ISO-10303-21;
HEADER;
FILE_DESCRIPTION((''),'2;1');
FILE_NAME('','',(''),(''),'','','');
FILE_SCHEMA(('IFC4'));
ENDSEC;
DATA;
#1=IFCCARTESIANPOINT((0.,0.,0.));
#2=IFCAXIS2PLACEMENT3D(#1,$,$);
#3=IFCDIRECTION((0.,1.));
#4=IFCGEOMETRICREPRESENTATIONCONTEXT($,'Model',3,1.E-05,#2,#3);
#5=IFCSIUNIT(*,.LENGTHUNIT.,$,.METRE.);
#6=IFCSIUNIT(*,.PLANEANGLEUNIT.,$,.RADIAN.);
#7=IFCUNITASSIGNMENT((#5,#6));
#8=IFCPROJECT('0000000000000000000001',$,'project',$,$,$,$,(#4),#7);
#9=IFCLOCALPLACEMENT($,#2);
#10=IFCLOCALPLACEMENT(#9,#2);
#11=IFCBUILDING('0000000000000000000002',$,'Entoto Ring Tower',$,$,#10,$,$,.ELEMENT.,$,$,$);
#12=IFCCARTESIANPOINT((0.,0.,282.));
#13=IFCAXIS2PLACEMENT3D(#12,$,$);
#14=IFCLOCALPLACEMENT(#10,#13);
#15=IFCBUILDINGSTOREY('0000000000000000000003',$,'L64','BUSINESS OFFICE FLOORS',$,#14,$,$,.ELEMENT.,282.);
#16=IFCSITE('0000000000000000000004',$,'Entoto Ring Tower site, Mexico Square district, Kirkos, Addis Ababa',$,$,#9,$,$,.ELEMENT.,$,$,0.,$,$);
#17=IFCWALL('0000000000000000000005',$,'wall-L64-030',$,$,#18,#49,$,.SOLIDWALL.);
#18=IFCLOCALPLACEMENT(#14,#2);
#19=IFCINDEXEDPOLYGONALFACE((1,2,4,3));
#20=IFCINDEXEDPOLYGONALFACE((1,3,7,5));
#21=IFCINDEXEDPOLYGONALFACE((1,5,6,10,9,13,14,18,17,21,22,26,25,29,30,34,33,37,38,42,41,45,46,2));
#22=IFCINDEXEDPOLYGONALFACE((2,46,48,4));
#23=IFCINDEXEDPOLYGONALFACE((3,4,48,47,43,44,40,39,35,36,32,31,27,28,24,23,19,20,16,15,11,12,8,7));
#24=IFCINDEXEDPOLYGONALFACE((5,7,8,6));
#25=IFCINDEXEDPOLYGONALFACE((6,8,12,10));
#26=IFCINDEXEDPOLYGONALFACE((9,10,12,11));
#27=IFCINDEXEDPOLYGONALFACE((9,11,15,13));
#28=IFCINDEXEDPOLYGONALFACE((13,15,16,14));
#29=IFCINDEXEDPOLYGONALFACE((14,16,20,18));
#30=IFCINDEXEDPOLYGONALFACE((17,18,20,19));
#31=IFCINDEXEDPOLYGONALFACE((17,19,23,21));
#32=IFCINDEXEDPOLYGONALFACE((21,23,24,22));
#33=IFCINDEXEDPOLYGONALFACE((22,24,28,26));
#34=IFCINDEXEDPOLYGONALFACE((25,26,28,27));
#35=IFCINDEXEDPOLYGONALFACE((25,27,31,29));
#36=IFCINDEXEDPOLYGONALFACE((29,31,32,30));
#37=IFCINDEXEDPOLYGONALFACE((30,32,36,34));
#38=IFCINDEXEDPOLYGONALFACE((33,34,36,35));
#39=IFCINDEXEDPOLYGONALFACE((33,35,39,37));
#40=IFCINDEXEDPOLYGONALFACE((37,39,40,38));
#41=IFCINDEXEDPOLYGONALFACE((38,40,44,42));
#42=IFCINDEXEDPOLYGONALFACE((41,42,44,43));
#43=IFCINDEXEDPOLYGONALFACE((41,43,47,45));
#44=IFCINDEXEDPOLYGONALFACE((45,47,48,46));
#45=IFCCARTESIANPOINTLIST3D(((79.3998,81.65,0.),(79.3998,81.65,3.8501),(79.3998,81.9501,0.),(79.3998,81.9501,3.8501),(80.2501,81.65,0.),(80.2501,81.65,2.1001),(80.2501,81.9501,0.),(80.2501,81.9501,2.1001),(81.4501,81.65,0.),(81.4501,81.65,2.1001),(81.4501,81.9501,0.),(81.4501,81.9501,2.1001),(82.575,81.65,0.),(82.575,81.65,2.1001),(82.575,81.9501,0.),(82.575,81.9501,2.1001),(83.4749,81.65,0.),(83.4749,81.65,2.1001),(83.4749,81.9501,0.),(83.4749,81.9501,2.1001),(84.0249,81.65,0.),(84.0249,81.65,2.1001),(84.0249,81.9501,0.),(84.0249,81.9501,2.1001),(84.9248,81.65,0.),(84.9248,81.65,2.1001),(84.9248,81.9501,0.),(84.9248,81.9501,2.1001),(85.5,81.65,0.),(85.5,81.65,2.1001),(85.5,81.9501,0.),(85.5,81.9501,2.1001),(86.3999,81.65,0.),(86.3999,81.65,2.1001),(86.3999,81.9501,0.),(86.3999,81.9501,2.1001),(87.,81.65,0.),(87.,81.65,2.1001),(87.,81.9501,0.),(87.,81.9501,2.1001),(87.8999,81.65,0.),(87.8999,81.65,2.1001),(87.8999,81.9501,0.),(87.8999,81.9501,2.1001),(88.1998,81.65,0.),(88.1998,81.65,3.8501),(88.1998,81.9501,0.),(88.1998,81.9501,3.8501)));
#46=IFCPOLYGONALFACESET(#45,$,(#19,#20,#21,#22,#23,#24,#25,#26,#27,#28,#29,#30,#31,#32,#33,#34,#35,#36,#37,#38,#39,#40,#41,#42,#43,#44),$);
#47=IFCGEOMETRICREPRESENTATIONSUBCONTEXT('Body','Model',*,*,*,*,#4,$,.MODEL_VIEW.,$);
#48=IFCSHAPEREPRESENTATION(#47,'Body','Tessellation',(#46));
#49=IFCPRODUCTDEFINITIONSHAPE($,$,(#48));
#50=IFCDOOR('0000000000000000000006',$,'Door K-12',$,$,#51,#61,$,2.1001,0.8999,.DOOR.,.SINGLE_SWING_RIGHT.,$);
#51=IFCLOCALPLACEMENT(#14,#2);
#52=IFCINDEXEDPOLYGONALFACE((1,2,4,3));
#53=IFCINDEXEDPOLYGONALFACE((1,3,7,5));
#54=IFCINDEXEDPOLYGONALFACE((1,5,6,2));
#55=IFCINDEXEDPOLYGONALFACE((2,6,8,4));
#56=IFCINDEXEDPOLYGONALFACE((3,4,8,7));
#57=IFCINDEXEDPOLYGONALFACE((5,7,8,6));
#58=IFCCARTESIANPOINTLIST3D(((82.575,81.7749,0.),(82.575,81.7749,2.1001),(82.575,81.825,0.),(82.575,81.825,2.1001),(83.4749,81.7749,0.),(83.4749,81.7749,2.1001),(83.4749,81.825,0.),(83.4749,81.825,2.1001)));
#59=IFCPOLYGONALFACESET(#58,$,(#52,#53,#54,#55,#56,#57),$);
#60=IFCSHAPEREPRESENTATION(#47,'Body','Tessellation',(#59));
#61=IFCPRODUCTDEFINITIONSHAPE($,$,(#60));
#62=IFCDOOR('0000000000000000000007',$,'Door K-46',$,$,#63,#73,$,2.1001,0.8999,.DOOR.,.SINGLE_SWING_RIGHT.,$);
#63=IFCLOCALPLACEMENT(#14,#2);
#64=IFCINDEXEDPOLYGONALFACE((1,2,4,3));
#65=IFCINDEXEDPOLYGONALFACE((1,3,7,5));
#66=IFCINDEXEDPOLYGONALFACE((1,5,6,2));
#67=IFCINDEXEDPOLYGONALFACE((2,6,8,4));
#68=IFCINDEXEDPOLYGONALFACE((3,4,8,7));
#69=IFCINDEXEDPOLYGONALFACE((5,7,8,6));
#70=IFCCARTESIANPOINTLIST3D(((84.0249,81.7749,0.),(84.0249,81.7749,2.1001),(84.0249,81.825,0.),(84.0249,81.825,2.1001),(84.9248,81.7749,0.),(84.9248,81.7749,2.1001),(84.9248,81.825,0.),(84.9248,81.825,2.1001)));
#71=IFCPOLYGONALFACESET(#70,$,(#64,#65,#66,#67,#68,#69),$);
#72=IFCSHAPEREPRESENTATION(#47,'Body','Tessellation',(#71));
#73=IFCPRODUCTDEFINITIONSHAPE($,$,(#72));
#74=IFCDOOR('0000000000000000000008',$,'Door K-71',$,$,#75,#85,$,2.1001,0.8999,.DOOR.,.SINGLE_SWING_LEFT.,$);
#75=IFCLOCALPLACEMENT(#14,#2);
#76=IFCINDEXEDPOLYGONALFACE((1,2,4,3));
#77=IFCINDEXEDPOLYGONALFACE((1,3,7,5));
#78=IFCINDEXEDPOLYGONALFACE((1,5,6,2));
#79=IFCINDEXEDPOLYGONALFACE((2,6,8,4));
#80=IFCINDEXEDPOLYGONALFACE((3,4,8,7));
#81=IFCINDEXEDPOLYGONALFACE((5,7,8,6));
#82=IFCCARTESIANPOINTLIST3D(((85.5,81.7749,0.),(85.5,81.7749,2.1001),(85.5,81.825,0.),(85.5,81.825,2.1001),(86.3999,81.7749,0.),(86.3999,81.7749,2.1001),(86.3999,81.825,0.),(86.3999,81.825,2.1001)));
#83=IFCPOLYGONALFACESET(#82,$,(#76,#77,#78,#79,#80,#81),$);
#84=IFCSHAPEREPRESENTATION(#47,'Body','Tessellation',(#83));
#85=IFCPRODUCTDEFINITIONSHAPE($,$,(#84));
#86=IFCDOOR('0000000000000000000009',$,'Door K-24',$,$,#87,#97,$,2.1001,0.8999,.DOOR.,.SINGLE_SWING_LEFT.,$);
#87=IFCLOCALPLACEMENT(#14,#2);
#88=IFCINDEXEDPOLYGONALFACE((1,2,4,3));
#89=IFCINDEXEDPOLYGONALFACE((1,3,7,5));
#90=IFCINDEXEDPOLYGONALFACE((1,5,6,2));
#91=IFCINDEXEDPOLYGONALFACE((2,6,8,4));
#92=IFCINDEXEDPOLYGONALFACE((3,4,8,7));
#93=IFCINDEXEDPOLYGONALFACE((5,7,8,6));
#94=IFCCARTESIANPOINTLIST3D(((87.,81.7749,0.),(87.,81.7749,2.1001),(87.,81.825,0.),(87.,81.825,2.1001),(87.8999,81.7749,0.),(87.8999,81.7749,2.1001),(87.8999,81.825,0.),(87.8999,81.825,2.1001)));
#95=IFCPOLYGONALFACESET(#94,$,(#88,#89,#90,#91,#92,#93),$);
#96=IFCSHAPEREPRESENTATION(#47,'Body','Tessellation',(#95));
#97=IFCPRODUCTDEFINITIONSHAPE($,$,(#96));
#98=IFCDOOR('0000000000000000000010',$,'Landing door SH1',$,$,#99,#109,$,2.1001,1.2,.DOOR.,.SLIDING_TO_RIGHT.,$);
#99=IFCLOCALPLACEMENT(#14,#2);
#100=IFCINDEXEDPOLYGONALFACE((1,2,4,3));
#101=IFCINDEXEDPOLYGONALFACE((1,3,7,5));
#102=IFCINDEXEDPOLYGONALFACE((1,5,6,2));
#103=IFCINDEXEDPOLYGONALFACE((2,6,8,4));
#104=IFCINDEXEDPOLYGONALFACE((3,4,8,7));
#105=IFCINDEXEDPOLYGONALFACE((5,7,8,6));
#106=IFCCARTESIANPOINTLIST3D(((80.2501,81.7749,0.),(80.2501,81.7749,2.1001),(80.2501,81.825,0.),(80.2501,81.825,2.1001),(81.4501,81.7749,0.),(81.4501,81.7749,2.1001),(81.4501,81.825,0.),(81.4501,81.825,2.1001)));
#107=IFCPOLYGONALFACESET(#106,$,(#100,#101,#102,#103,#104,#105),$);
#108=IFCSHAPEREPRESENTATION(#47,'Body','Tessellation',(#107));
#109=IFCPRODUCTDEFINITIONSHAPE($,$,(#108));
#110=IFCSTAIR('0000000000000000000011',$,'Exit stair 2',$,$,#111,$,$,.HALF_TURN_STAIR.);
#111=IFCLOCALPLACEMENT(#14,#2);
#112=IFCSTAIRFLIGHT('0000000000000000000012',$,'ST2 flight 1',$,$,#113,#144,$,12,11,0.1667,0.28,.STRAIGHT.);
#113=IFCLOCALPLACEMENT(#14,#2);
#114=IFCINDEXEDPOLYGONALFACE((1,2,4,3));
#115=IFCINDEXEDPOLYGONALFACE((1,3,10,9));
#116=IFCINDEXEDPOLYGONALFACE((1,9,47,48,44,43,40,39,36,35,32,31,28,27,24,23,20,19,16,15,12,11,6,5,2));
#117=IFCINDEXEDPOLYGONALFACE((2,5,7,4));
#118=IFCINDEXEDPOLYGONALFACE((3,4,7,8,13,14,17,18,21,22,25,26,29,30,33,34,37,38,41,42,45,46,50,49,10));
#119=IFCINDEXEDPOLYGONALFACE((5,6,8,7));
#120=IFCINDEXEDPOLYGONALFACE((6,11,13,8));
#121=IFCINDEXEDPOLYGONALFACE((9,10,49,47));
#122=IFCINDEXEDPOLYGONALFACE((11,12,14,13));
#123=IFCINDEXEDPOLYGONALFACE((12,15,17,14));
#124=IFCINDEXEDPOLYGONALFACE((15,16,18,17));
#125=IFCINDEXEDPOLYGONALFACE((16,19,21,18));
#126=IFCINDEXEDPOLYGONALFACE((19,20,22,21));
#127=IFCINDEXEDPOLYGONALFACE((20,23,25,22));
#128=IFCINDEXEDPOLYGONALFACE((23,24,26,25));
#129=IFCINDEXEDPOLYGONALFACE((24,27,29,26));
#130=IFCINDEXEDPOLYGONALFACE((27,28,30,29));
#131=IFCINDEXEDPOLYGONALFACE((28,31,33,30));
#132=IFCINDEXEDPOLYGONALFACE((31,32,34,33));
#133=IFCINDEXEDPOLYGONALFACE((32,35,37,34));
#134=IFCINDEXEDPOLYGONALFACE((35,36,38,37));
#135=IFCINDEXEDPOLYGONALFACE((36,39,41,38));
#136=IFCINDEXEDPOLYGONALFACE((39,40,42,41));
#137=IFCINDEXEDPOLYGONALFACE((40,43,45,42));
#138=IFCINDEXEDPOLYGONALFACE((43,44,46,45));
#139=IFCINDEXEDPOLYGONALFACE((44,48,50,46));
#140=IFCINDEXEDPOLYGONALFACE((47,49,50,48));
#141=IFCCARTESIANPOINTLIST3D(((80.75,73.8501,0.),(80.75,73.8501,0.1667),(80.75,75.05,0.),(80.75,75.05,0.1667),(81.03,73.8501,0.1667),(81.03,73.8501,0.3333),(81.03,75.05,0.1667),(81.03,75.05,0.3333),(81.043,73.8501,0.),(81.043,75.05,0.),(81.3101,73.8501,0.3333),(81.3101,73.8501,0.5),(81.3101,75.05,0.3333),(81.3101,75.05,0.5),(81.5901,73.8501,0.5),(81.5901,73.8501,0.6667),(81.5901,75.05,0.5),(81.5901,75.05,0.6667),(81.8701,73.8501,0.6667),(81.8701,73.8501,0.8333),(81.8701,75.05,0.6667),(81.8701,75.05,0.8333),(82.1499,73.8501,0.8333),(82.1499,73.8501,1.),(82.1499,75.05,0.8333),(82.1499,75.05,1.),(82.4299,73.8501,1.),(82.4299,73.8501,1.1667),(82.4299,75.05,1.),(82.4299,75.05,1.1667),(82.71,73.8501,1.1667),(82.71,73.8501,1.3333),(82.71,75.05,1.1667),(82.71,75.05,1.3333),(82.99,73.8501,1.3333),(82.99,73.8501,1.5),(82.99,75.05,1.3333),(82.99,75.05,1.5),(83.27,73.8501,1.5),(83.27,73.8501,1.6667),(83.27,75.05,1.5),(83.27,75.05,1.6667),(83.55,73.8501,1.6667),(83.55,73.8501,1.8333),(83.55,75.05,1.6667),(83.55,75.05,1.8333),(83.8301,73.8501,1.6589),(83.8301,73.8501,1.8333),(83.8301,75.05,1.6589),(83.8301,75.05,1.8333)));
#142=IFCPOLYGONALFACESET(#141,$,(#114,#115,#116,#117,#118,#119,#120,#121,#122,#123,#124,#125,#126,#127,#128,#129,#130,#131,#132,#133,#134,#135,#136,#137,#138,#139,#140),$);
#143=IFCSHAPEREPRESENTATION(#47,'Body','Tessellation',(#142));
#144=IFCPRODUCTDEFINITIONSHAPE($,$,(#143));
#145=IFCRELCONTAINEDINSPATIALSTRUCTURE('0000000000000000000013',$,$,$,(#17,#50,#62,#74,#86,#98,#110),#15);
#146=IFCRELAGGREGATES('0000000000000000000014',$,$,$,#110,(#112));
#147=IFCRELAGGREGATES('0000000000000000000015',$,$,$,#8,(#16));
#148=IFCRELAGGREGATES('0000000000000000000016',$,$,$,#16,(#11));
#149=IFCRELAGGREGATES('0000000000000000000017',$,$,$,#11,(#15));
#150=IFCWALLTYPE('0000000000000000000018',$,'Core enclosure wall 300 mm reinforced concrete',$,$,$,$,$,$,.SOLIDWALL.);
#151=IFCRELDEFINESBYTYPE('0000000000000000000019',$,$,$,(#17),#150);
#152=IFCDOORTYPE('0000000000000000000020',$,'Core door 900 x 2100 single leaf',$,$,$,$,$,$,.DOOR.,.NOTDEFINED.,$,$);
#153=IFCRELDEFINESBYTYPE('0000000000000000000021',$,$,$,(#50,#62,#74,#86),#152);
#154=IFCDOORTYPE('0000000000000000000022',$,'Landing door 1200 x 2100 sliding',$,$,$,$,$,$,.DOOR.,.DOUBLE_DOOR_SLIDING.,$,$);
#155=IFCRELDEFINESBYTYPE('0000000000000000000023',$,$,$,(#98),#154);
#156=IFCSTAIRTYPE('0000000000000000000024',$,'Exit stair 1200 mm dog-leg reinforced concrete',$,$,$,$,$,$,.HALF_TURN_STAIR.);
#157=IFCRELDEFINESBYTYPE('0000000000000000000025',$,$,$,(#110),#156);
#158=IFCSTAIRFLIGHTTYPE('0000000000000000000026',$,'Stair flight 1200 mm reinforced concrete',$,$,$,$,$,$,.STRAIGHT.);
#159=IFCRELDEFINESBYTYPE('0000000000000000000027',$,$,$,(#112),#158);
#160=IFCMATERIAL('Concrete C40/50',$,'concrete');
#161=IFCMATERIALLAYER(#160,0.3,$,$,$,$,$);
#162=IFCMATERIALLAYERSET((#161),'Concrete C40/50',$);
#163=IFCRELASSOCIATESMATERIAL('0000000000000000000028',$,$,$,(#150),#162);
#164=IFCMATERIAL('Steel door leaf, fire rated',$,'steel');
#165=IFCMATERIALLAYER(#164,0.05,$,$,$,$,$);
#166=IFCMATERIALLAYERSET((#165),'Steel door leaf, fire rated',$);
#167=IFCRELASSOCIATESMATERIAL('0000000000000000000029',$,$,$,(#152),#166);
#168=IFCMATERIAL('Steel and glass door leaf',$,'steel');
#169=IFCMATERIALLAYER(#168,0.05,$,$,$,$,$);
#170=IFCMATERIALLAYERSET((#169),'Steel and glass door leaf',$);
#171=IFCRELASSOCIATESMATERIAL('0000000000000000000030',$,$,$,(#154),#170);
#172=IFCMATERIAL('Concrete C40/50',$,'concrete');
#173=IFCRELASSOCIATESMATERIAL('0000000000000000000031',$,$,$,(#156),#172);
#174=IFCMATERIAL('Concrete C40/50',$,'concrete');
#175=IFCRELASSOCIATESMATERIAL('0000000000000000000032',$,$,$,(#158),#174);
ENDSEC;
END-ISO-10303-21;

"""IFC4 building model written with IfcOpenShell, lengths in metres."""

from ifc_helpers import new_model, si_unit, direction, frame, frame_2d, origin, place, context, subcontext, project, spatial, polyline, rectangle, outline, extrude, material, layer, layer_set, type_object, element, fill, aggregate, save


model = new_model("IFC4")

# Units and contexts
model_context = context("Model", 3, precision=1e-05, world=origin(), true_north=direction((0.0, 1.0)))
body_context = subcontext(model_context, "Body", "Model", "MODEL_VIEW")
ifc_project = project(units=[si_unit("LENGTHUNIT", "METRE"), si_unit("PLANEANGLEUNIT", "RADIAN")], contexts=[model_context])

# Site, building, storey
site_placement = place(None, origin())
site = spatial("IfcSite", under=ifc_project, at=site_placement, Name="Entoto Ring Tower site, Mexico Square district, Kirkos, Addis Ababa", CompositionType="ELEMENT", RefElevation=0.0)
building_placement = place(site_placement, origin())
building = spatial("IfcBuilding", under=site, at=building_placement, Name="Entoto Ring Tower", CompositionType="ELEMENT")
storey_placement = place(building_placement, frame((0.0, 0.0, 282.0)))
storey = spatial("IfcBuildingStorey", under=building, at=storey_placement, Name="L64", Description="BUSINESS OFFICE FLOORS", CompositionType="ELEMENT", Elevation=282.0)

# Shared definitions
ifc_material_1 = material(Name="Concrete C40/50", Category="concrete")
ifc_layer_1 = layer(ifc_material_1, 0.3)
ifc_layer_set_1 = layer_set([ifc_layer_1], Name="Concrete C40/50")
wall_type = type_object("IfcWallType", Name="Core enclosure wall 300 mm reinforced concrete", PredefinedType="SOLIDWALL", material=ifc_layer_set_1)

# Wall, openings, doors
ifc_material_2 = material(Name="Steel door leaf, fire rated", Category="steel")
ifc_layer_2 = layer(ifc_material_2, 0.05)
ifc_layer_set_2 = layer_set([ifc_layer_2], Name="Steel door leaf, fire rated")
door_type_1 = type_object("IfcDoorType", Name="Core door 900 x 2100 single leaf", OperationType="NOTDEFINED", PredefinedType="DOOR", material=ifc_layer_set_2)
ifc_material_3 = material(Name="Steel and glass door leaf", Category="steel")
ifc_layer_3 = layer(ifc_material_3, 0.05)
ifc_layer_set_3 = layer_set([ifc_layer_3], Name="Steel and glass door leaf")
door_type_2 = type_object("IfcDoorType", Name="Landing door 1200 x 2100 sliding", OperationType="DOUBLE_DOOR_SLIDING", PredefinedType="DOOR", material=ifc_layer_set_3)
wall_1_placement = place(storey_placement, frame((79.3999, 81.8, 0.0), z_axis=(0.0, 0.0, 1.0), x_axis=(1.0, 0.0, 0.0)))
wall_1 = element("IfcWall", 1, at=wall_1_placement, inside=storey, type_object=wall_type, Name="wall-L64-030", PredefinedType="SOLIDWALL", context=body_context, shape_type="SweptSolid", body=[
    extrude(rectangle(XDim=8.8, YDim=0.3, at=frame_2d((4.3999, 0.0))), origin(), (0.0, 0.0, 1.0), 3.8501),
])
opening_1_placement = place(wall_1_placement, frame((0.8501, 0.0, 0.0)))
opening_1 = element("IfcOpeningElement", 2, at=opening_1_placement, cuts=wall_1, PredefinedType="OPENING", context=body_context, shape_type="SweptSolid", body=[
    extrude(rectangle(XDim=1.2, YDim=2.1001, at=frame_2d((0.6001, 1.05))), frame((0.0, 0.1602, 0.0), z_axis=(0.0, -1.0, 0.0), x_axis=(1.0, 0.0, 0.0)), (0.0, 0.0, 1.0), 0.3201),
])
opening_2_placement = place(wall_1_placement, frame((3.175, 0.0, 0.0)))
opening_2 = element("IfcOpeningElement", 3, at=opening_2_placement, cuts=wall_1, PredefinedType="OPENING", context=body_context, shape_type="SweptSolid", body=[
    extrude(rectangle(XDim=0.8999, YDim=2.1001, at=frame_2d((0.45, 1.05))), frame((0.0, 0.1602, 0.0), z_axis=(0.0, -1.0, 0.0), x_axis=(1.0, 0.0, 0.0)), (0.0, 0.0, 1.0), 0.3201),
])
opening_3_placement = place(wall_1_placement, frame((4.625, 0.0, 0.0)))
opening_3 = element("IfcOpeningElement", 4, at=opening_3_placement, cuts=wall_1, PredefinedType="OPENING", context=body_context, shape_type="SweptSolid", body=[
    extrude(rectangle(XDim=0.8999, YDim=2.1001, at=frame_2d((0.45, 1.05))), frame((0.0, 0.1602, 0.0), z_axis=(0.0, -1.0, 0.0), x_axis=(1.0, 0.0, 0.0)), (0.0, 0.0, 1.0), 0.3201),
])
opening_4_placement = place(wall_1_placement, frame((6.1001, 0.0, 0.0)))
opening_4 = element("IfcOpeningElement", 5, at=opening_4_placement, cuts=wall_1, PredefinedType="OPENING", context=body_context, shape_type="SweptSolid", body=[
    extrude(rectangle(XDim=0.8999, YDim=2.1001, at=frame_2d((0.45, 1.05))), frame((0.0, 0.1602, 0.0), z_axis=(0.0, -1.0, 0.0), x_axis=(1.0, 0.0, 0.0)), (0.0, 0.0, 1.0), 0.3201),
])
opening_5_placement = place(wall_1_placement, frame((7.6001, 0.0, 0.0)))
opening_5 = element("IfcOpeningElement", 6, at=opening_5_placement, cuts=wall_1, PredefinedType="OPENING", context=body_context, shape_type="SweptSolid", body=[
    extrude(rectangle(XDim=0.8999, YDim=2.1001, at=frame_2d((0.45, 1.05))), frame((0.0, 0.1602, 0.0), z_axis=(0.0, -1.0, 0.0), x_axis=(1.0, 0.0, 0.0)), (0.0, 0.0, 1.0), 0.3201),
])
door_1_placement = place(opening_2_placement, origin())
door_1 = element("IfcDoor", 7, at=door_1_placement, inside=storey, type_object=door_type_1, Name="Door K-12", OperationType="SINGLE_SWING_RIGHT", OverallHeight=2.1001, OverallWidth=0.8999, PredefinedType="DOOR", context=body_context, shape_type="SweptSolid", body=[
    extrude(rectangle(XDim=0.8999, YDim=2.1001, at=frame_2d((0.45, 1.05))), frame((0.0, 0.0249, 0.0), z_axis=(0.0, -1.0, 0.0), x_axis=(1.0, 0.0, 0.0)), (0.0, 0.0, 1.0), 0.05),
])
fill(opening_2, door_1)
door_2_placement = place(opening_3_placement, origin())
door_2 = element("IfcDoor", 8, at=door_2_placement, inside=storey, type_object=door_type_1, Name="Door K-46", OperationType="SINGLE_SWING_RIGHT", OverallHeight=2.1001, OverallWidth=0.8999, PredefinedType="DOOR", context=body_context, shape_type="SweptSolid", body=[
    extrude(rectangle(XDim=0.8999, YDim=2.1001, at=frame_2d((0.45, 1.05))), frame((0.0, 0.0249, 0.0), z_axis=(0.0, -1.0, 0.0), x_axis=(1.0, 0.0, 0.0)), (0.0, 0.0, 1.0), 0.05),
])
fill(opening_3, door_2)
door_3_placement = place(opening_4_placement, origin())
door_3 = element("IfcDoor", 9, at=door_3_placement, inside=storey, type_object=door_type_1, Name="Door K-71", OperationType="SINGLE_SWING_LEFT", OverallHeight=2.1001, OverallWidth=0.8999, PredefinedType="DOOR", context=body_context, shape_type="SweptSolid", body=[
    extrude(rectangle(XDim=0.8999, YDim=2.1001, at=frame_2d((0.45, 1.05))), frame((0.0, 0.0249, 0.0), z_axis=(0.0, -1.0, 0.0), x_axis=(1.0, 0.0, 0.0)), (0.0, 0.0, 1.0), 0.05),
])
fill(opening_4, door_3)
door_4_placement = place(opening_5_placement, origin())
door_4 = element("IfcDoor", 10, at=door_4_placement, inside=storey, type_object=door_type_1, Name="Door K-24", OperationType="SINGLE_SWING_LEFT", OverallHeight=2.1001, OverallWidth=0.8999, PredefinedType="DOOR", context=body_context, shape_type="SweptSolid", body=[
    extrude(rectangle(XDim=0.8999, YDim=2.1001, at=frame_2d((0.45, 1.05))), frame((0.0, 0.0249, 0.0), z_axis=(0.0, -1.0, 0.0), x_axis=(1.0, 0.0, 0.0)), (0.0, 0.0, 1.0), 0.05),
])
fill(opening_5, door_4)
door_5_placement = place(opening_1_placement, origin())
door_5 = element("IfcDoor", 11, at=door_5_placement, inside=storey, type_object=door_type_2, Name="Landing door SH1", OperationType="SLIDING_TO_RIGHT", OverallHeight=2.1001, OverallWidth=1.2, PredefinedType="DOOR", context=body_context, shape_type="SweptSolid", body=[
    extrude(rectangle(XDim=1.2, YDim=2.1001, at=frame_2d((0.6001, 1.05))), frame((0.0, 0.0249, 0.0), z_axis=(0.0, -1.0, 0.0), x_axis=(1.0, 0.0, 0.0)), (0.0, 0.0, 1.0), 0.05),
])
fill(opening_1, door_5)

# Stair, stair flight
ifc_material_4 = material(Name="Concrete C40/50", Category="concrete")
stair_type = type_object("IfcStairType", Name="Exit stair 1200 mm dog-leg reinforced concrete", PredefinedType="HALF_TURN_STAIR", material=ifc_material_4)
stair_placement = place(storey_placement, origin())
stair = element("IfcStair", 12, at=stair_placement, inside=storey, type_object=stair_type, Name="Exit stair 2", PredefinedType="HALF_TURN_STAIR")
ifc_material_5 = material(Name="Concrete C40/50", Category="concrete")
stair_flight_type = type_object("IfcStairFlightType", Name="Stair flight 1200 mm reinforced concrete", PredefinedType="STRAIGHT", material=ifc_material_5)
stair_flight_1_placement = place(storey_placement, frame((80.75, 74.45, 0.0), z_axis=(0.0, 0.0, 1.0), x_axis=(1.0, 0.0, 0.0)))
stair_flight_1 = element("IfcStairFlight", 13, at=stair_flight_1_placement, type_object=stair_flight_type, Name="ST2 flight 1", NumberOfRisers=12, NumberOfTreads=11, PredefinedType="STRAIGHT", RiserHeight=0.1667, TreadLength=0.28, context=body_context, shape_type="SweptSolid", body=[
    extrude(outline(polyline([(0.0, 0.0), (0.0, 0.1667), (0.28, 0.1667), (0.28, 0.3333), (0.5601, 0.3333), (0.5601, 0.5), (0.8401, 0.5), (0.8401, 0.6667), (1.1201, 0.6667), (1.1201, 0.8333), (1.3999, 0.8333), (1.3999, 1.0), (1.6799, 1.0), (1.6799, 1.1667), (1.96, 1.1667), (1.96, 1.3333), (2.24, 1.3333), (2.24, 1.5), (2.52, 1.5), (2.52, 1.6667), (2.8, 1.6667), (2.8, 1.8333), (3.0801, 1.8333), (3.0801, 2.0), (3.0801, 1.6589), (0.293, 0.0), (0.0, 0.0)])), frame((0.0, 0.6001, 0.0), z_axis=(0.0, -1.0, 0.0), x_axis=(1.0, 0.0, 0.0)), (0.0, 0.0, 1.0), 1.2),
])
aggregate(stair, [stair_flight_1])

save(model, "model.ifc")
